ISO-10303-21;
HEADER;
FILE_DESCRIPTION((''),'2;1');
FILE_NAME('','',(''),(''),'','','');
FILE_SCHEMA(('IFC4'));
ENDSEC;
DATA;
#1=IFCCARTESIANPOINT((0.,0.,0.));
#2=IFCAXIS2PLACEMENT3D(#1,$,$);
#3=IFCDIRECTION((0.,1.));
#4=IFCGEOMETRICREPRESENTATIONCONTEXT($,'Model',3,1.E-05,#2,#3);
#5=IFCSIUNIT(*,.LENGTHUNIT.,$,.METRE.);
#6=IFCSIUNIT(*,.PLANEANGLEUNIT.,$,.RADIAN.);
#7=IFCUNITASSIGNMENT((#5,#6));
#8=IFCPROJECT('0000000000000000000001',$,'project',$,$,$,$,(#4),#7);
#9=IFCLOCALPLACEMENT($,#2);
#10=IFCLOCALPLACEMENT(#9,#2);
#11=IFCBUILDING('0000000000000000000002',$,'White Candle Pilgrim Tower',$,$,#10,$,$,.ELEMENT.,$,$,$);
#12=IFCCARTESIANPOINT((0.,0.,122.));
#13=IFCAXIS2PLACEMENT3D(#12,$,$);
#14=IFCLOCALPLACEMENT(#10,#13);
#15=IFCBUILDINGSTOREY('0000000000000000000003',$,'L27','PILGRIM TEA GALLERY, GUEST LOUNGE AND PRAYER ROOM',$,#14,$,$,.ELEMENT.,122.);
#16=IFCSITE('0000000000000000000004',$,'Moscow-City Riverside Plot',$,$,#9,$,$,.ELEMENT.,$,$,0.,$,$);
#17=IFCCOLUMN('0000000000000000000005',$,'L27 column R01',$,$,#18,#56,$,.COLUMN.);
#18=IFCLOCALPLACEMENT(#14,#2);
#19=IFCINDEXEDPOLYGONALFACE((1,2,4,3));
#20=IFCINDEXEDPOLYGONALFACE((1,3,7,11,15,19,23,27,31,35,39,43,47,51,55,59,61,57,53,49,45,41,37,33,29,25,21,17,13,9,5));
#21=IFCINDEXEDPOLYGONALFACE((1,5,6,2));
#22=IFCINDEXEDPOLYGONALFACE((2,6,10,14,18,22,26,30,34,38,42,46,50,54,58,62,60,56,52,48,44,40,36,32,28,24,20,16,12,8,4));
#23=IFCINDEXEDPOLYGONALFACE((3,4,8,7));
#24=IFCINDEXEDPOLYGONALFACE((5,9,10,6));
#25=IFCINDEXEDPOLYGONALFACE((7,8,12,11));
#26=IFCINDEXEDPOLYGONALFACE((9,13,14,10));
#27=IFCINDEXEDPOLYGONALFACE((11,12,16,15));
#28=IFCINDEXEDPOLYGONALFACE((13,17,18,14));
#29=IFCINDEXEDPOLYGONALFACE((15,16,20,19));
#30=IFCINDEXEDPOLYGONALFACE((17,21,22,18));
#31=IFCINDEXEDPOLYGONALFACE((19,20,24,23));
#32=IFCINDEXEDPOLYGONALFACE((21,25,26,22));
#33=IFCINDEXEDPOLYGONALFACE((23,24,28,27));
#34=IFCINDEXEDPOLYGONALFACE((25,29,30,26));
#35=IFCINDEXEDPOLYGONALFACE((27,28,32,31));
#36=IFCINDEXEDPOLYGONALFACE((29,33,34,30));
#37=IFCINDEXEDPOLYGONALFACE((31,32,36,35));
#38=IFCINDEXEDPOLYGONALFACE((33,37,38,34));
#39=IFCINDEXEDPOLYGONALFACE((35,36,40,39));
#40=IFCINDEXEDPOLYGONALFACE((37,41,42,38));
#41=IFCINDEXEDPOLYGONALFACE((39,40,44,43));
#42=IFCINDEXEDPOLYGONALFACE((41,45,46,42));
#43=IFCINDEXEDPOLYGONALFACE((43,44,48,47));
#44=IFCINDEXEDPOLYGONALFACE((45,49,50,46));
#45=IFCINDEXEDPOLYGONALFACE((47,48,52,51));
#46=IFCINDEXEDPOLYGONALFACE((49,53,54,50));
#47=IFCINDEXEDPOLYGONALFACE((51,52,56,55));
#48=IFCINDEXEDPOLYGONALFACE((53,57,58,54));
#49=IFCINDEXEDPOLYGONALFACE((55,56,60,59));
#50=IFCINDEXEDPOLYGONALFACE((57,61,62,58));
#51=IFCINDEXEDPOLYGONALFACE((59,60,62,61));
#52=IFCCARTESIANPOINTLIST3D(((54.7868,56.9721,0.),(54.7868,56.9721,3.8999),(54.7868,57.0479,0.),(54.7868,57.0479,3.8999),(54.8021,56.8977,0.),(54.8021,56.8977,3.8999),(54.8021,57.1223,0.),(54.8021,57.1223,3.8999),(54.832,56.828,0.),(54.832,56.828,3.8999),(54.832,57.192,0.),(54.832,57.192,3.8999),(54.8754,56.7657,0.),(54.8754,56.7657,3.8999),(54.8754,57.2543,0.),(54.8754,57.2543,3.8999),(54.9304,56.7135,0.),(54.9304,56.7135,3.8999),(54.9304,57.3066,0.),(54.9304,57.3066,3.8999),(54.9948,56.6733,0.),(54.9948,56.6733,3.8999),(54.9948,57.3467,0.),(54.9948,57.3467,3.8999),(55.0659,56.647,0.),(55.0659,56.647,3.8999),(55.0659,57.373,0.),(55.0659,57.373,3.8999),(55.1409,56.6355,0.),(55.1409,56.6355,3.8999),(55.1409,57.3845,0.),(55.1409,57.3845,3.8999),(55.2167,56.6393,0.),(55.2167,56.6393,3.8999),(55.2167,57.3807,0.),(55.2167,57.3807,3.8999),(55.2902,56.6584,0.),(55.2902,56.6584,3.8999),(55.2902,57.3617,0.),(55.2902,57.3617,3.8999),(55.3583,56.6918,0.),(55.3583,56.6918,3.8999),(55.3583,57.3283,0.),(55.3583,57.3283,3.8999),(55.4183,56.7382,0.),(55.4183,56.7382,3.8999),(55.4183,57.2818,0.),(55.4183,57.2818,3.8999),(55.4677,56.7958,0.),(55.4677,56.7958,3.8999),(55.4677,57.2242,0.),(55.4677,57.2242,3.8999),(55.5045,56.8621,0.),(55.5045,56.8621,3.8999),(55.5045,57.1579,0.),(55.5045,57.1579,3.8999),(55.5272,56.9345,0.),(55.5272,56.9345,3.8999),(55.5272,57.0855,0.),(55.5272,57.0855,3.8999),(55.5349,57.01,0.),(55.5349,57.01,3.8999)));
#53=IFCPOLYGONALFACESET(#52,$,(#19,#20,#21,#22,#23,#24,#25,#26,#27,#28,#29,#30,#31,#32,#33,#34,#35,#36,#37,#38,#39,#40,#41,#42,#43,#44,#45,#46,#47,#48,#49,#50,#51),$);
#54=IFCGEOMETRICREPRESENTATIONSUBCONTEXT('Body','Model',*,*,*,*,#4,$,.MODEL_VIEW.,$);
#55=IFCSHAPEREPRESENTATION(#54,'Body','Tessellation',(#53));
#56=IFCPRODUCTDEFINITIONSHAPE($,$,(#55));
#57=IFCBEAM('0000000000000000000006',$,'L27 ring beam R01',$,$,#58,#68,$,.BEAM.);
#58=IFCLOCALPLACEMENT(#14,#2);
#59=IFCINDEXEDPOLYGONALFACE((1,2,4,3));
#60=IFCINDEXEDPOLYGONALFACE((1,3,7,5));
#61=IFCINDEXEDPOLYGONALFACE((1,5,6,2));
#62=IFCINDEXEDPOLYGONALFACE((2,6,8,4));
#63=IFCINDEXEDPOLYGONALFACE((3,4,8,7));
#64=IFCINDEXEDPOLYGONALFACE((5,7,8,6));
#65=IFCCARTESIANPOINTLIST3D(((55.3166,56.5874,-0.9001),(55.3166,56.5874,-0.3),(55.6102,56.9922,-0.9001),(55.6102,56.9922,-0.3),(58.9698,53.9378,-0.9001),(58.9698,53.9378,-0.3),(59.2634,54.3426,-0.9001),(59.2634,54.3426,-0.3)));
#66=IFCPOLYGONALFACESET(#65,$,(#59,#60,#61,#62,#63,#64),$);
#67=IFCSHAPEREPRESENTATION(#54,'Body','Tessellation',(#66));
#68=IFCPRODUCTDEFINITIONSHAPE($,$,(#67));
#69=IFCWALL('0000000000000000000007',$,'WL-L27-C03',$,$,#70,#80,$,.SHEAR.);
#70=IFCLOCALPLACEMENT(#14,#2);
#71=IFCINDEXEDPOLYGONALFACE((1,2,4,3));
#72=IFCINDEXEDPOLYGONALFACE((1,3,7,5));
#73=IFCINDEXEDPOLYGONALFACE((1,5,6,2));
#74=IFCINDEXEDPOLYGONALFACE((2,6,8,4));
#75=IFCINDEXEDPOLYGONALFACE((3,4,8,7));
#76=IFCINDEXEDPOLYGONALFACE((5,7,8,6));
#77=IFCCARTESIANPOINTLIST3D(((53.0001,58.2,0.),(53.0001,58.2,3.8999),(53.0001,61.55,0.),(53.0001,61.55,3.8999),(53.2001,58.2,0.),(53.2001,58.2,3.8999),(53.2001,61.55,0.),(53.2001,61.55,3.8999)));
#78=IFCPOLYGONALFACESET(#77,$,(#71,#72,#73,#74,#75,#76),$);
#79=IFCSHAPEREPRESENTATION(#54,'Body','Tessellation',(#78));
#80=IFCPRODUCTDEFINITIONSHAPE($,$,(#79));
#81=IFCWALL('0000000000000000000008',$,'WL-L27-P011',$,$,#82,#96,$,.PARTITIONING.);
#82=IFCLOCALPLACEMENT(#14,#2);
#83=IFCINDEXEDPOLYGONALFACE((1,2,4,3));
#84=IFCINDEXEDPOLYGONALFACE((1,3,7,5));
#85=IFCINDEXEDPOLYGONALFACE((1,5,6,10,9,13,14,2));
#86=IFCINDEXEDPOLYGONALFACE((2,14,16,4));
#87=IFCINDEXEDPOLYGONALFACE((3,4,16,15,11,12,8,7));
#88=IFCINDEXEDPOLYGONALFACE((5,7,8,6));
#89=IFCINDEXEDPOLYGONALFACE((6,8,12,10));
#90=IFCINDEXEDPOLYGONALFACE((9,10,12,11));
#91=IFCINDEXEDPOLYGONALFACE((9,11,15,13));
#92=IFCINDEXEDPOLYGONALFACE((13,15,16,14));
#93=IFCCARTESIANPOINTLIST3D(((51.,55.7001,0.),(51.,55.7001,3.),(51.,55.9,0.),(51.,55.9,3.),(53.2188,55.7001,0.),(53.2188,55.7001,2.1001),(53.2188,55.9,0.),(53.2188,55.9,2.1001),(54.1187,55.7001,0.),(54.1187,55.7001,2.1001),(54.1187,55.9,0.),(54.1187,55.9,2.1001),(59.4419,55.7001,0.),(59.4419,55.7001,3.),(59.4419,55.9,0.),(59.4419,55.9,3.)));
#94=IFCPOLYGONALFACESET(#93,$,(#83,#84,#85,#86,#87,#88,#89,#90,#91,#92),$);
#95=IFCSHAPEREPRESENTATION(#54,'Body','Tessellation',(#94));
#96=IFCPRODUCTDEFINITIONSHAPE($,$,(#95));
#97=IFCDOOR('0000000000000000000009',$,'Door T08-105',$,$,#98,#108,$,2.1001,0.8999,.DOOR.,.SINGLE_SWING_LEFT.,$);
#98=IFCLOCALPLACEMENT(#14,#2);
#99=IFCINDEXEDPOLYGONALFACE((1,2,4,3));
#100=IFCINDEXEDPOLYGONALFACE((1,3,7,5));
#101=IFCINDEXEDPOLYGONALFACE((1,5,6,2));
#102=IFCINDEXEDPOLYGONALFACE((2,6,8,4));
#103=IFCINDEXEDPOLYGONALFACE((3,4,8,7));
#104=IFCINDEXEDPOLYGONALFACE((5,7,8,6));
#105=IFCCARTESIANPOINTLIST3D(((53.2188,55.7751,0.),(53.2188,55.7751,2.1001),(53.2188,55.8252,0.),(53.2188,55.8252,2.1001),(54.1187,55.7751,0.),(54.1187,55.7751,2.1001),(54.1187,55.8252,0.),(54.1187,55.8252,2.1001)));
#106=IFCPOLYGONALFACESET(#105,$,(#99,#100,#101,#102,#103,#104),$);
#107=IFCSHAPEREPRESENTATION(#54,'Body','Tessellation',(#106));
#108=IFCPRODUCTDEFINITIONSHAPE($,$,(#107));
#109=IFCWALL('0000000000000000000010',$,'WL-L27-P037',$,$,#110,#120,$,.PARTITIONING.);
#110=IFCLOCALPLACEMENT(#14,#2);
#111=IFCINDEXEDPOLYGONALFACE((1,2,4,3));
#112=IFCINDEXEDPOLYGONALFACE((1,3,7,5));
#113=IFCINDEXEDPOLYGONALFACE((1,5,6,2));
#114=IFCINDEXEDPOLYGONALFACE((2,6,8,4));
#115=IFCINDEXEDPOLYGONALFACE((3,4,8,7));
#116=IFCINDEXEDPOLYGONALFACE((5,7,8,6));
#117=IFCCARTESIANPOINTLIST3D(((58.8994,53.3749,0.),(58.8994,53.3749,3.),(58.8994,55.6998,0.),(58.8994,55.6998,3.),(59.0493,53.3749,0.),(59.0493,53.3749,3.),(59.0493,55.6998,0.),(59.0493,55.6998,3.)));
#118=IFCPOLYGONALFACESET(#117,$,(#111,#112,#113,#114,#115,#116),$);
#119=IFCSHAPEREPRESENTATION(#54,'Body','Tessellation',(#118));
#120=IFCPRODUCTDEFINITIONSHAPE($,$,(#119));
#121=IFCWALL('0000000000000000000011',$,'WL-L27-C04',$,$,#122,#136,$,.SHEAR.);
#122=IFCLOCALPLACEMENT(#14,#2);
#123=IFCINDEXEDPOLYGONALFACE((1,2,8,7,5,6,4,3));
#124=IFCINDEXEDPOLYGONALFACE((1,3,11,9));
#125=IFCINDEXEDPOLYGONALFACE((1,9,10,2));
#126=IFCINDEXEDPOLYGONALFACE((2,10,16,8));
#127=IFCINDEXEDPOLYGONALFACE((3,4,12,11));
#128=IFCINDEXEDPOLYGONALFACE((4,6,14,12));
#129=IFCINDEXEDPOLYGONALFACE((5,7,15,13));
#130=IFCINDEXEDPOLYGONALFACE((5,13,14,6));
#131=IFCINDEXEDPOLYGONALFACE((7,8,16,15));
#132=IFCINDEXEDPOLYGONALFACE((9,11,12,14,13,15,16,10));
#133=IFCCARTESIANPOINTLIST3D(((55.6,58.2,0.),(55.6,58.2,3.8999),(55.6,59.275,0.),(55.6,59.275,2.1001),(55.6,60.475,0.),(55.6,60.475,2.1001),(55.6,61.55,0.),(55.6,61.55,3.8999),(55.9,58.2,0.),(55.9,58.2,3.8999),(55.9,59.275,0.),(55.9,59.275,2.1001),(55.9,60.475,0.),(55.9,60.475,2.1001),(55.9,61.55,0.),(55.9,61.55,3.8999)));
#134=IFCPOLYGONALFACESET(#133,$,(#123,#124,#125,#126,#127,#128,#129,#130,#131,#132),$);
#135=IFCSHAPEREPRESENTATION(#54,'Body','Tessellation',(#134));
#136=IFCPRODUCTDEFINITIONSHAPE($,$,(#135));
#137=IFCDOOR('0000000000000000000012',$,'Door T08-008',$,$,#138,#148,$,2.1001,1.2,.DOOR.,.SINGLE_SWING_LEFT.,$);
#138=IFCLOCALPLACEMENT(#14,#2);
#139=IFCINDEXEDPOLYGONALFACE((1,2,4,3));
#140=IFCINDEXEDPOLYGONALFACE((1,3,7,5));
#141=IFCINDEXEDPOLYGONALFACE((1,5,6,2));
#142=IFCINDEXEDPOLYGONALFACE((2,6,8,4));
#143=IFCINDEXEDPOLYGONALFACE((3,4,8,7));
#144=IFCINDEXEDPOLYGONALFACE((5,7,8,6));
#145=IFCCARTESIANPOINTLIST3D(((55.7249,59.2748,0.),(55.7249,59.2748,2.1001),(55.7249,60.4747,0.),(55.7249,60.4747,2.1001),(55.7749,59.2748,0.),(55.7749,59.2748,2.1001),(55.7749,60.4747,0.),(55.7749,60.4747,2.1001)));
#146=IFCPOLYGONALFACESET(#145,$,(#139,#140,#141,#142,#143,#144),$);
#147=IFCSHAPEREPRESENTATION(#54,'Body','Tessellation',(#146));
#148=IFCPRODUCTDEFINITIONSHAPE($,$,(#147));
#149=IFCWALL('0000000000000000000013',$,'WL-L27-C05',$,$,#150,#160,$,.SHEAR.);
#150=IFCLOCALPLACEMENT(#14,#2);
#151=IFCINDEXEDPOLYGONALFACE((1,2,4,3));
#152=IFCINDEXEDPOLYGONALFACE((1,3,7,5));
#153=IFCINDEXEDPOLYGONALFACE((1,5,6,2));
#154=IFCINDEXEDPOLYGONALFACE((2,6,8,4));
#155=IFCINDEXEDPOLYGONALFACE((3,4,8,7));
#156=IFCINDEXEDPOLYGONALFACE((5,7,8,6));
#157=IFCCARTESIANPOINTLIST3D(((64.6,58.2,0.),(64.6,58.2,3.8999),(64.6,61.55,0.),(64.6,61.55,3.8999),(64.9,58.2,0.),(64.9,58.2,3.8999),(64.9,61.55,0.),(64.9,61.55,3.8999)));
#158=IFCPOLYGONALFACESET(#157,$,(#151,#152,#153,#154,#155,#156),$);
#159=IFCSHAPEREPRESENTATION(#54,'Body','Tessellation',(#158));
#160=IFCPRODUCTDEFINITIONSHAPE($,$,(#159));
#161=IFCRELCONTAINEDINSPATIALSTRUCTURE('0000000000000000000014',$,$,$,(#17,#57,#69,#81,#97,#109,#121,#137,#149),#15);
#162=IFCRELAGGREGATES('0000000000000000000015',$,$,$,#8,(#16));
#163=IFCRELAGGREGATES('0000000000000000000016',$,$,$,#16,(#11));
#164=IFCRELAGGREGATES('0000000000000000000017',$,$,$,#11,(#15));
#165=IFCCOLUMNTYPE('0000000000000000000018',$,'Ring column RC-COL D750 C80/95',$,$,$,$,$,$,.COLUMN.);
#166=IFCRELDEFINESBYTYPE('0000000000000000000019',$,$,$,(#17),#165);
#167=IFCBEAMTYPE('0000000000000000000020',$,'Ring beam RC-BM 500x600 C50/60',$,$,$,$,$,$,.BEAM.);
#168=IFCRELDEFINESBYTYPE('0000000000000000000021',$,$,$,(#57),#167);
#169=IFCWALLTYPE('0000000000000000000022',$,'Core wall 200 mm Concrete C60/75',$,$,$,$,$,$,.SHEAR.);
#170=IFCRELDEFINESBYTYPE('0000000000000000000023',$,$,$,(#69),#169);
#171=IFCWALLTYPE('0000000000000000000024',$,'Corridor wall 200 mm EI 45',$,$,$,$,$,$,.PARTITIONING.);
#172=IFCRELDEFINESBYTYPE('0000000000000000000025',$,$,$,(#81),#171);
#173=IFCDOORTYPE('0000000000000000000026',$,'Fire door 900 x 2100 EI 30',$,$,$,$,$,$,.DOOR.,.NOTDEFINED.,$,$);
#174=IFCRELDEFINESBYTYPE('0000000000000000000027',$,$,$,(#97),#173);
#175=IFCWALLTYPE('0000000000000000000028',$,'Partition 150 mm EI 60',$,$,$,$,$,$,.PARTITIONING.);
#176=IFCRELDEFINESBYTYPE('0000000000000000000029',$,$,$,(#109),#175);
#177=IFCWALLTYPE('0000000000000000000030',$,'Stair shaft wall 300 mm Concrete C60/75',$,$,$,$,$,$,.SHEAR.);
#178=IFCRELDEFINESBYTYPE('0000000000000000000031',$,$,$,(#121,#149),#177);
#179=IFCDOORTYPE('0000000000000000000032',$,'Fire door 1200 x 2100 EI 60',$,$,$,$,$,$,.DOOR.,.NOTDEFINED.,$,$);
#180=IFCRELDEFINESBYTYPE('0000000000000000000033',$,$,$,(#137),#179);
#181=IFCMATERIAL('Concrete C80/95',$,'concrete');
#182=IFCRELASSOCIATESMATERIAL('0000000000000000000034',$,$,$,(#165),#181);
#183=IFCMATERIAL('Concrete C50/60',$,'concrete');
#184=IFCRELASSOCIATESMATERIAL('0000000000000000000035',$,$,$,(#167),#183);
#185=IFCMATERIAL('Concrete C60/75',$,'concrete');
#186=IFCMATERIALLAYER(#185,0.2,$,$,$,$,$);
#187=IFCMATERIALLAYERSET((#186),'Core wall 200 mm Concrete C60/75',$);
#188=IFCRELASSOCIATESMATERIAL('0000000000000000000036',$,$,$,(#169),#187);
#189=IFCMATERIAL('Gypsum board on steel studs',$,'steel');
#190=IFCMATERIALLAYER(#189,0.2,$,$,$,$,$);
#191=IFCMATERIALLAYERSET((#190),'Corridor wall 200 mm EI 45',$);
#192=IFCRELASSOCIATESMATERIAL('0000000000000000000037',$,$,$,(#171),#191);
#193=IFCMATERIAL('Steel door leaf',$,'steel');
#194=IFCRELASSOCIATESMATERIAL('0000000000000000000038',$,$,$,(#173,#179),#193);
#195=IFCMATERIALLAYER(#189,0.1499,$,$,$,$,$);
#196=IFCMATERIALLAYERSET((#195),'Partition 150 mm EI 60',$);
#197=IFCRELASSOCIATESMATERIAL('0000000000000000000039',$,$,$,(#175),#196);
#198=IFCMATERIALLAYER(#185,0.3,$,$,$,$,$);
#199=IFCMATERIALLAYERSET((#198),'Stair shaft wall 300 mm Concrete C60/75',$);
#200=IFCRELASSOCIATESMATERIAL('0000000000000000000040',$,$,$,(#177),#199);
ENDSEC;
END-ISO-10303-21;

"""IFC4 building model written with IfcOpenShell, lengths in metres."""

from ifc_helpers import new_model, si_unit, direction, frame, frame_2d, origin, origin_2d, place, context, subcontext, project, spatial, rectangle, circle, extrude, material, layer, layer_set, material_profile, profile_set, type_object, element, fill, save


model = new_model("IFC4")

# Units and contexts
model_context = context("Model", 3, precision=1e-05, world=origin(), true_north=direction((0.0, 1.0)))
body_context = subcontext(model_context, "Body", "Model", "MODEL_VIEW")
ifc_project = project(units=[si_unit("LENGTHUNIT", "METRE"), si_unit("PLANEANGLEUNIT", "RADIAN")], contexts=[model_context])

# Site, building, storey
site_placement = place(None, origin())
site = spatial("IfcSite", under=ifc_project, at=site_placement, Name="Moscow-City Riverside Plot", CompositionType="ELEMENT", RefElevation=0.0)
building_placement = place(site_placement, origin())
building = spatial("IfcBuilding", under=site, at=building_placement, Name="White Candle Pilgrim Tower", CompositionType="ELEMENT")
storey_placement = place(building_placement, frame((0.0, 0.0, 122.0)))
storey = spatial("IfcBuildingStorey", under=building, at=storey_placement, Name="L27", Description="PILGRIM TEA GALLERY, GUEST LOUNGE AND PRAYER ROOM", CompositionType="ELEMENT", Elevation=122.0)

# Column
ifc_material_1 = material(Name="Concrete C80/95", Category="concrete")
ifc_material_profile_1 = material_profile(ifc_material_1, circle(Radius=0.375, at=origin_2d()), Name="RC-COL D750")
ifc_profile_set_1 = profile_set([ifc_material_profile_1], Name="Concrete C80/95")
column_type = type_object("IfcColumnType", Name="Ring column RC-COL D750 C80/95", PredefinedType="COLUMN", material=ifc_profile_set_1)
column_placement = place(storey_placement, frame((55.1599, 57.01, 0.0), z_axis=(0.0, 0.0, 1.0), x_axis=(1.0, 0.0, 0.0)))
element("IfcColumn", 1, at=column_placement, inside=storey, type_object=column_type, Name="L27 column R01", PredefinedType="COLUMN", context=body_context, shape_type="SweptSolid", body=[
    extrude(circle(Radius=0.375, at=origin_2d()), origin(), (0.0, 0.0, 1.0), 3.8999),
])

# Beam
ifc_material_2 = material(Name="Concrete C50/60", Category="concrete")
ifc_material_profile_2 = material_profile(ifc_material_2, rectangle(XDim=0.5, YDim=0.6001, at=origin_2d()), Name="RC-BM 500x600")
ifc_profile_set_2 = profile_set([ifc_material_profile_2], Name="Concrete C50/60")
beam_type = type_object("IfcBeamType", Name="Ring beam RC-BM 500x600 C50/60", PredefinedType="BEAM", material=ifc_profile_set_2)
beam_placement = place(storey_placement, frame((55.4634, 56.7898, -0.6001), z_axis=(0.809505, -0.587113, 0.0), x_axis=(0.587113, 0.809505, 0.0)))
element("IfcBeam", 2, at=beam_placement, inside=storey, type_object=beam_type, Name="L27 ring beam R01", PredefinedType="BEAM", context=body_context, shape_type="SweptSolid", body=[
    extrude(rectangle(XDim=0.5, YDim=0.6001, at=origin_2d()), origin(), (0.0, 0.0, 1.0), 4.5129),
])

# Wall
ifc_material_3 = material(Name="Concrete C60/75", Category="concrete")
ifc_layer_1 = layer(ifc_material_3, 0.2)
ifc_layer_set_1 = layer_set([ifc_layer_1], Name="Core wall 200 mm Concrete C60/75")
wall_type_1 = type_object("IfcWallType", Name="Core wall 200 mm Concrete C60/75", PredefinedType="SHEAR", material=ifc_layer_set_1)
wall_1_placement = place(storey_placement, frame((53.1001, 58.2, 0.0), z_axis=(0.0, 0.0, 1.0), x_axis=(0.0, 1.0, 0.0)))
element("IfcWall", 3, at=wall_1_placement, inside=storey, type_object=wall_type_1, Name="WL-L27-C03", PredefinedType="SHEAR", context=body_context, shape_type="SweptSolid", body=[
    extrude(rectangle(XDim=3.3501, YDim=0.2, at=frame_2d((1.675, 0.0))), origin(), (0.0, 0.0, 1.0), 3.8999),
])

# Wall, opening, door
ifc_material_4 = material(Name="Gypsum board on steel studs", Category="steel")
ifc_layer_2 = layer(ifc_material_4, 0.2)
ifc_layer_set_2 = layer_set([ifc_layer_2], Name="Corridor wall 200 mm EI 45")
wall_type_2 = type_object("IfcWallType", Name="Corridor wall 200 mm EI 45", PredefinedType="PARTITIONING", material=ifc_layer_set_2)
wall_2_placement = place(storey_placement, frame((59.4419, 55.8, 0.0), z_axis=(0.0, 0.0, 1.0), x_axis=(-1.0, 0.0, 0.0)))
wall_2 = element("IfcWall", 4, at=wall_2_placement, inside=storey, type_object=wall_type_2, Name="WL-L27-P011", PredefinedType="PARTITIONING", context=body_context, shape_type="SweptSolid", body=[
    extrude(rectangle(XDim=8.4419, YDim=0.2, at=frame_2d((4.2209, 0.0))), origin(), (0.0, 0.0, 1.0), 3.0),
])
opening_1_placement = place(wall_2_placement, frame((5.3232, 0.0, 0.0)))
opening_1 = element("IfcOpeningElement", 5, at=opening_1_placement, cuts=wall_2, PredefinedType="OPENING", context=body_context, shape_type="SweptSolid", body=[
    extrude(rectangle(XDim=0.8999, YDim=2.1001, at=frame_2d((0.45, 1.05))), frame((0.0, 0.1099, 0.0), z_axis=(0.0, -1.0, 0.0), x_axis=(1.0, 0.0, 0.0)), (0.0, 0.0, 1.0), 0.22),
])
ifc_material_5 = material(Name="Steel door leaf", Category="steel")
door_type_1 = type_object("IfcDoorType", Name="Fire door 900 x 2100 EI 30", OperationType="NOTDEFINED", PredefinedType="DOOR", material=ifc_material_5)
door_1_placement = place(opening_1_placement, origin())
door_1 = element("IfcDoor", 6, at=door_1_placement, inside=storey, type_object=door_type_1, Name="Door T08-105", OperationType="SINGLE_SWING_LEFT", OverallHeight=2.1001, OverallWidth=0.8999, PredefinedType="DOOR", context=body_context, shape_type="SweptSolid", body=[
    extrude(rectangle(XDim=0.8999, YDim=2.1001, at=frame_2d((0.45, 1.05))), frame((0.0, 0.0249, 0.0), z_axis=(0.0, -1.0, 0.0), x_axis=(1.0, 0.0, 0.0)), (0.0, 0.0, 1.0), 0.05),
])
fill(opening_1, door_1)

# Wall
ifc_layer_3 = layer(ifc_material_4, 0.1499)
ifc_layer_set_3 = layer_set([ifc_layer_3], Name="Partition 150 mm EI 60")
wall_type_3 = type_object("IfcWallType", Name="Partition 150 mm EI 60", PredefinedType="PARTITIONING", material=ifc_layer_set_3)
wall_3_placement = place(storey_placement, frame((58.9744, 55.7, 0.0), z_axis=(0.0, 0.0, 1.0), x_axis=(0.0, -1.0, 0.0)))
element("IfcWall", 7, at=wall_3_placement, inside=storey, type_object=wall_type_3, Name="WL-L27-P037", PredefinedType="PARTITIONING", context=body_context, shape_type="SweptSolid", body=[
    extrude(rectangle(XDim=2.325, YDim=0.1499, at=frame_2d((1.1626, 0.0))), origin(), (0.0, 0.0, 1.0), 3.0),
])

# Wall, opening, door
ifc_layer_4 = layer(ifc_material_3, 0.3)
ifc_layer_set_4 = layer_set([ifc_layer_4], Name="Stair shaft wall 300 mm Concrete C60/75")
wall_type_4 = type_object("IfcWallType", Name="Stair shaft wall 300 mm Concrete C60/75", PredefinedType="SHEAR", material=ifc_layer_set_4)
wall_4_placement = place(storey_placement, frame((55.75, 58.2, 0.0), z_axis=(0.0, 0.0, 1.0), x_axis=(0.0, 1.0, 0.0)))
wall_4 = element("IfcWall", 8, at=wall_4_placement, inside=storey, type_object=wall_type_4, Name="WL-L27-C04", PredefinedType="SHEAR", context=body_context, shape_type="SweptSolid", body=[
    extrude(rectangle(XDim=3.3501, YDim=0.3, at=frame_2d((1.675, 0.0))), origin(), (0.0, 0.0, 1.0), 3.8999),
])
opening_2_placement = place(wall_4_placement, frame((1.075, 0.0, 0.0)))
opening_2 = element("IfcOpeningElement", 9, at=opening_2_placement, cuts=wall_4, PredefinedType="OPENING", context=body_context, shape_type="SweptSolid", body=[
    extrude(rectangle(XDim=1.2, YDim=2.1001, at=frame_2d((0.6001, 1.05))), frame((0.0, 0.1599, 0.0), z_axis=(0.0, -1.0, 0.0), x_axis=(1.0, 0.0, 0.0)), (0.0, 0.0, 1.0), 0.3201),
])
door_type_2 = type_object("IfcDoorType", Name="Fire door 1200 x 2100 EI 60", OperationType="NOTDEFINED", PredefinedType="DOOR", material=ifc_material_5)
door_2_placement = place(opening_2_placement, frame((1.2, 0.0, 0.0), z_axis=(0.0, 0.0, 1.0), x_axis=(-1.0, 0.0, 0.0)))
door_2 = element("IfcDoor", 10, at=door_2_placement, inside=storey, type_object=door_type_2, Name="Door T08-008", OperationType="SINGLE_SWING_LEFT", OverallHeight=2.1001, OverallWidth=1.2, PredefinedType="DOOR", context=body_context, shape_type="SweptSolid", body=[
    extrude(rectangle(XDim=1.2, YDim=2.1001, at=frame_2d((0.6001, 1.05))), frame((0.0, 0.0249, 0.0), z_axis=(0.0, -1.0, 0.0), x_axis=(1.0, 0.0, 0.0)), (0.0, 0.0, 1.0), 0.05),
])
fill(opening_2, door_2)

# Wall
wall_5_placement = place(storey_placement, frame((64.75, 58.2, 0.0), z_axis=(0.0, 0.0, 1.0), x_axis=(0.0, 1.0, 0.0)))
element("IfcWall", 11, at=wall_5_placement, inside=storey, type_object=wall_type_4, Name="WL-L27-C05", PredefinedType="SHEAR", context=body_context, shape_type="SweptSolid", body=[
    extrude(rectangle(XDim=3.3501, YDim=0.3, at=frame_2d((1.675, 0.0))), origin(), (0.0, 0.0, 1.0), 3.8999),
])

save(model, "model.ifc")
